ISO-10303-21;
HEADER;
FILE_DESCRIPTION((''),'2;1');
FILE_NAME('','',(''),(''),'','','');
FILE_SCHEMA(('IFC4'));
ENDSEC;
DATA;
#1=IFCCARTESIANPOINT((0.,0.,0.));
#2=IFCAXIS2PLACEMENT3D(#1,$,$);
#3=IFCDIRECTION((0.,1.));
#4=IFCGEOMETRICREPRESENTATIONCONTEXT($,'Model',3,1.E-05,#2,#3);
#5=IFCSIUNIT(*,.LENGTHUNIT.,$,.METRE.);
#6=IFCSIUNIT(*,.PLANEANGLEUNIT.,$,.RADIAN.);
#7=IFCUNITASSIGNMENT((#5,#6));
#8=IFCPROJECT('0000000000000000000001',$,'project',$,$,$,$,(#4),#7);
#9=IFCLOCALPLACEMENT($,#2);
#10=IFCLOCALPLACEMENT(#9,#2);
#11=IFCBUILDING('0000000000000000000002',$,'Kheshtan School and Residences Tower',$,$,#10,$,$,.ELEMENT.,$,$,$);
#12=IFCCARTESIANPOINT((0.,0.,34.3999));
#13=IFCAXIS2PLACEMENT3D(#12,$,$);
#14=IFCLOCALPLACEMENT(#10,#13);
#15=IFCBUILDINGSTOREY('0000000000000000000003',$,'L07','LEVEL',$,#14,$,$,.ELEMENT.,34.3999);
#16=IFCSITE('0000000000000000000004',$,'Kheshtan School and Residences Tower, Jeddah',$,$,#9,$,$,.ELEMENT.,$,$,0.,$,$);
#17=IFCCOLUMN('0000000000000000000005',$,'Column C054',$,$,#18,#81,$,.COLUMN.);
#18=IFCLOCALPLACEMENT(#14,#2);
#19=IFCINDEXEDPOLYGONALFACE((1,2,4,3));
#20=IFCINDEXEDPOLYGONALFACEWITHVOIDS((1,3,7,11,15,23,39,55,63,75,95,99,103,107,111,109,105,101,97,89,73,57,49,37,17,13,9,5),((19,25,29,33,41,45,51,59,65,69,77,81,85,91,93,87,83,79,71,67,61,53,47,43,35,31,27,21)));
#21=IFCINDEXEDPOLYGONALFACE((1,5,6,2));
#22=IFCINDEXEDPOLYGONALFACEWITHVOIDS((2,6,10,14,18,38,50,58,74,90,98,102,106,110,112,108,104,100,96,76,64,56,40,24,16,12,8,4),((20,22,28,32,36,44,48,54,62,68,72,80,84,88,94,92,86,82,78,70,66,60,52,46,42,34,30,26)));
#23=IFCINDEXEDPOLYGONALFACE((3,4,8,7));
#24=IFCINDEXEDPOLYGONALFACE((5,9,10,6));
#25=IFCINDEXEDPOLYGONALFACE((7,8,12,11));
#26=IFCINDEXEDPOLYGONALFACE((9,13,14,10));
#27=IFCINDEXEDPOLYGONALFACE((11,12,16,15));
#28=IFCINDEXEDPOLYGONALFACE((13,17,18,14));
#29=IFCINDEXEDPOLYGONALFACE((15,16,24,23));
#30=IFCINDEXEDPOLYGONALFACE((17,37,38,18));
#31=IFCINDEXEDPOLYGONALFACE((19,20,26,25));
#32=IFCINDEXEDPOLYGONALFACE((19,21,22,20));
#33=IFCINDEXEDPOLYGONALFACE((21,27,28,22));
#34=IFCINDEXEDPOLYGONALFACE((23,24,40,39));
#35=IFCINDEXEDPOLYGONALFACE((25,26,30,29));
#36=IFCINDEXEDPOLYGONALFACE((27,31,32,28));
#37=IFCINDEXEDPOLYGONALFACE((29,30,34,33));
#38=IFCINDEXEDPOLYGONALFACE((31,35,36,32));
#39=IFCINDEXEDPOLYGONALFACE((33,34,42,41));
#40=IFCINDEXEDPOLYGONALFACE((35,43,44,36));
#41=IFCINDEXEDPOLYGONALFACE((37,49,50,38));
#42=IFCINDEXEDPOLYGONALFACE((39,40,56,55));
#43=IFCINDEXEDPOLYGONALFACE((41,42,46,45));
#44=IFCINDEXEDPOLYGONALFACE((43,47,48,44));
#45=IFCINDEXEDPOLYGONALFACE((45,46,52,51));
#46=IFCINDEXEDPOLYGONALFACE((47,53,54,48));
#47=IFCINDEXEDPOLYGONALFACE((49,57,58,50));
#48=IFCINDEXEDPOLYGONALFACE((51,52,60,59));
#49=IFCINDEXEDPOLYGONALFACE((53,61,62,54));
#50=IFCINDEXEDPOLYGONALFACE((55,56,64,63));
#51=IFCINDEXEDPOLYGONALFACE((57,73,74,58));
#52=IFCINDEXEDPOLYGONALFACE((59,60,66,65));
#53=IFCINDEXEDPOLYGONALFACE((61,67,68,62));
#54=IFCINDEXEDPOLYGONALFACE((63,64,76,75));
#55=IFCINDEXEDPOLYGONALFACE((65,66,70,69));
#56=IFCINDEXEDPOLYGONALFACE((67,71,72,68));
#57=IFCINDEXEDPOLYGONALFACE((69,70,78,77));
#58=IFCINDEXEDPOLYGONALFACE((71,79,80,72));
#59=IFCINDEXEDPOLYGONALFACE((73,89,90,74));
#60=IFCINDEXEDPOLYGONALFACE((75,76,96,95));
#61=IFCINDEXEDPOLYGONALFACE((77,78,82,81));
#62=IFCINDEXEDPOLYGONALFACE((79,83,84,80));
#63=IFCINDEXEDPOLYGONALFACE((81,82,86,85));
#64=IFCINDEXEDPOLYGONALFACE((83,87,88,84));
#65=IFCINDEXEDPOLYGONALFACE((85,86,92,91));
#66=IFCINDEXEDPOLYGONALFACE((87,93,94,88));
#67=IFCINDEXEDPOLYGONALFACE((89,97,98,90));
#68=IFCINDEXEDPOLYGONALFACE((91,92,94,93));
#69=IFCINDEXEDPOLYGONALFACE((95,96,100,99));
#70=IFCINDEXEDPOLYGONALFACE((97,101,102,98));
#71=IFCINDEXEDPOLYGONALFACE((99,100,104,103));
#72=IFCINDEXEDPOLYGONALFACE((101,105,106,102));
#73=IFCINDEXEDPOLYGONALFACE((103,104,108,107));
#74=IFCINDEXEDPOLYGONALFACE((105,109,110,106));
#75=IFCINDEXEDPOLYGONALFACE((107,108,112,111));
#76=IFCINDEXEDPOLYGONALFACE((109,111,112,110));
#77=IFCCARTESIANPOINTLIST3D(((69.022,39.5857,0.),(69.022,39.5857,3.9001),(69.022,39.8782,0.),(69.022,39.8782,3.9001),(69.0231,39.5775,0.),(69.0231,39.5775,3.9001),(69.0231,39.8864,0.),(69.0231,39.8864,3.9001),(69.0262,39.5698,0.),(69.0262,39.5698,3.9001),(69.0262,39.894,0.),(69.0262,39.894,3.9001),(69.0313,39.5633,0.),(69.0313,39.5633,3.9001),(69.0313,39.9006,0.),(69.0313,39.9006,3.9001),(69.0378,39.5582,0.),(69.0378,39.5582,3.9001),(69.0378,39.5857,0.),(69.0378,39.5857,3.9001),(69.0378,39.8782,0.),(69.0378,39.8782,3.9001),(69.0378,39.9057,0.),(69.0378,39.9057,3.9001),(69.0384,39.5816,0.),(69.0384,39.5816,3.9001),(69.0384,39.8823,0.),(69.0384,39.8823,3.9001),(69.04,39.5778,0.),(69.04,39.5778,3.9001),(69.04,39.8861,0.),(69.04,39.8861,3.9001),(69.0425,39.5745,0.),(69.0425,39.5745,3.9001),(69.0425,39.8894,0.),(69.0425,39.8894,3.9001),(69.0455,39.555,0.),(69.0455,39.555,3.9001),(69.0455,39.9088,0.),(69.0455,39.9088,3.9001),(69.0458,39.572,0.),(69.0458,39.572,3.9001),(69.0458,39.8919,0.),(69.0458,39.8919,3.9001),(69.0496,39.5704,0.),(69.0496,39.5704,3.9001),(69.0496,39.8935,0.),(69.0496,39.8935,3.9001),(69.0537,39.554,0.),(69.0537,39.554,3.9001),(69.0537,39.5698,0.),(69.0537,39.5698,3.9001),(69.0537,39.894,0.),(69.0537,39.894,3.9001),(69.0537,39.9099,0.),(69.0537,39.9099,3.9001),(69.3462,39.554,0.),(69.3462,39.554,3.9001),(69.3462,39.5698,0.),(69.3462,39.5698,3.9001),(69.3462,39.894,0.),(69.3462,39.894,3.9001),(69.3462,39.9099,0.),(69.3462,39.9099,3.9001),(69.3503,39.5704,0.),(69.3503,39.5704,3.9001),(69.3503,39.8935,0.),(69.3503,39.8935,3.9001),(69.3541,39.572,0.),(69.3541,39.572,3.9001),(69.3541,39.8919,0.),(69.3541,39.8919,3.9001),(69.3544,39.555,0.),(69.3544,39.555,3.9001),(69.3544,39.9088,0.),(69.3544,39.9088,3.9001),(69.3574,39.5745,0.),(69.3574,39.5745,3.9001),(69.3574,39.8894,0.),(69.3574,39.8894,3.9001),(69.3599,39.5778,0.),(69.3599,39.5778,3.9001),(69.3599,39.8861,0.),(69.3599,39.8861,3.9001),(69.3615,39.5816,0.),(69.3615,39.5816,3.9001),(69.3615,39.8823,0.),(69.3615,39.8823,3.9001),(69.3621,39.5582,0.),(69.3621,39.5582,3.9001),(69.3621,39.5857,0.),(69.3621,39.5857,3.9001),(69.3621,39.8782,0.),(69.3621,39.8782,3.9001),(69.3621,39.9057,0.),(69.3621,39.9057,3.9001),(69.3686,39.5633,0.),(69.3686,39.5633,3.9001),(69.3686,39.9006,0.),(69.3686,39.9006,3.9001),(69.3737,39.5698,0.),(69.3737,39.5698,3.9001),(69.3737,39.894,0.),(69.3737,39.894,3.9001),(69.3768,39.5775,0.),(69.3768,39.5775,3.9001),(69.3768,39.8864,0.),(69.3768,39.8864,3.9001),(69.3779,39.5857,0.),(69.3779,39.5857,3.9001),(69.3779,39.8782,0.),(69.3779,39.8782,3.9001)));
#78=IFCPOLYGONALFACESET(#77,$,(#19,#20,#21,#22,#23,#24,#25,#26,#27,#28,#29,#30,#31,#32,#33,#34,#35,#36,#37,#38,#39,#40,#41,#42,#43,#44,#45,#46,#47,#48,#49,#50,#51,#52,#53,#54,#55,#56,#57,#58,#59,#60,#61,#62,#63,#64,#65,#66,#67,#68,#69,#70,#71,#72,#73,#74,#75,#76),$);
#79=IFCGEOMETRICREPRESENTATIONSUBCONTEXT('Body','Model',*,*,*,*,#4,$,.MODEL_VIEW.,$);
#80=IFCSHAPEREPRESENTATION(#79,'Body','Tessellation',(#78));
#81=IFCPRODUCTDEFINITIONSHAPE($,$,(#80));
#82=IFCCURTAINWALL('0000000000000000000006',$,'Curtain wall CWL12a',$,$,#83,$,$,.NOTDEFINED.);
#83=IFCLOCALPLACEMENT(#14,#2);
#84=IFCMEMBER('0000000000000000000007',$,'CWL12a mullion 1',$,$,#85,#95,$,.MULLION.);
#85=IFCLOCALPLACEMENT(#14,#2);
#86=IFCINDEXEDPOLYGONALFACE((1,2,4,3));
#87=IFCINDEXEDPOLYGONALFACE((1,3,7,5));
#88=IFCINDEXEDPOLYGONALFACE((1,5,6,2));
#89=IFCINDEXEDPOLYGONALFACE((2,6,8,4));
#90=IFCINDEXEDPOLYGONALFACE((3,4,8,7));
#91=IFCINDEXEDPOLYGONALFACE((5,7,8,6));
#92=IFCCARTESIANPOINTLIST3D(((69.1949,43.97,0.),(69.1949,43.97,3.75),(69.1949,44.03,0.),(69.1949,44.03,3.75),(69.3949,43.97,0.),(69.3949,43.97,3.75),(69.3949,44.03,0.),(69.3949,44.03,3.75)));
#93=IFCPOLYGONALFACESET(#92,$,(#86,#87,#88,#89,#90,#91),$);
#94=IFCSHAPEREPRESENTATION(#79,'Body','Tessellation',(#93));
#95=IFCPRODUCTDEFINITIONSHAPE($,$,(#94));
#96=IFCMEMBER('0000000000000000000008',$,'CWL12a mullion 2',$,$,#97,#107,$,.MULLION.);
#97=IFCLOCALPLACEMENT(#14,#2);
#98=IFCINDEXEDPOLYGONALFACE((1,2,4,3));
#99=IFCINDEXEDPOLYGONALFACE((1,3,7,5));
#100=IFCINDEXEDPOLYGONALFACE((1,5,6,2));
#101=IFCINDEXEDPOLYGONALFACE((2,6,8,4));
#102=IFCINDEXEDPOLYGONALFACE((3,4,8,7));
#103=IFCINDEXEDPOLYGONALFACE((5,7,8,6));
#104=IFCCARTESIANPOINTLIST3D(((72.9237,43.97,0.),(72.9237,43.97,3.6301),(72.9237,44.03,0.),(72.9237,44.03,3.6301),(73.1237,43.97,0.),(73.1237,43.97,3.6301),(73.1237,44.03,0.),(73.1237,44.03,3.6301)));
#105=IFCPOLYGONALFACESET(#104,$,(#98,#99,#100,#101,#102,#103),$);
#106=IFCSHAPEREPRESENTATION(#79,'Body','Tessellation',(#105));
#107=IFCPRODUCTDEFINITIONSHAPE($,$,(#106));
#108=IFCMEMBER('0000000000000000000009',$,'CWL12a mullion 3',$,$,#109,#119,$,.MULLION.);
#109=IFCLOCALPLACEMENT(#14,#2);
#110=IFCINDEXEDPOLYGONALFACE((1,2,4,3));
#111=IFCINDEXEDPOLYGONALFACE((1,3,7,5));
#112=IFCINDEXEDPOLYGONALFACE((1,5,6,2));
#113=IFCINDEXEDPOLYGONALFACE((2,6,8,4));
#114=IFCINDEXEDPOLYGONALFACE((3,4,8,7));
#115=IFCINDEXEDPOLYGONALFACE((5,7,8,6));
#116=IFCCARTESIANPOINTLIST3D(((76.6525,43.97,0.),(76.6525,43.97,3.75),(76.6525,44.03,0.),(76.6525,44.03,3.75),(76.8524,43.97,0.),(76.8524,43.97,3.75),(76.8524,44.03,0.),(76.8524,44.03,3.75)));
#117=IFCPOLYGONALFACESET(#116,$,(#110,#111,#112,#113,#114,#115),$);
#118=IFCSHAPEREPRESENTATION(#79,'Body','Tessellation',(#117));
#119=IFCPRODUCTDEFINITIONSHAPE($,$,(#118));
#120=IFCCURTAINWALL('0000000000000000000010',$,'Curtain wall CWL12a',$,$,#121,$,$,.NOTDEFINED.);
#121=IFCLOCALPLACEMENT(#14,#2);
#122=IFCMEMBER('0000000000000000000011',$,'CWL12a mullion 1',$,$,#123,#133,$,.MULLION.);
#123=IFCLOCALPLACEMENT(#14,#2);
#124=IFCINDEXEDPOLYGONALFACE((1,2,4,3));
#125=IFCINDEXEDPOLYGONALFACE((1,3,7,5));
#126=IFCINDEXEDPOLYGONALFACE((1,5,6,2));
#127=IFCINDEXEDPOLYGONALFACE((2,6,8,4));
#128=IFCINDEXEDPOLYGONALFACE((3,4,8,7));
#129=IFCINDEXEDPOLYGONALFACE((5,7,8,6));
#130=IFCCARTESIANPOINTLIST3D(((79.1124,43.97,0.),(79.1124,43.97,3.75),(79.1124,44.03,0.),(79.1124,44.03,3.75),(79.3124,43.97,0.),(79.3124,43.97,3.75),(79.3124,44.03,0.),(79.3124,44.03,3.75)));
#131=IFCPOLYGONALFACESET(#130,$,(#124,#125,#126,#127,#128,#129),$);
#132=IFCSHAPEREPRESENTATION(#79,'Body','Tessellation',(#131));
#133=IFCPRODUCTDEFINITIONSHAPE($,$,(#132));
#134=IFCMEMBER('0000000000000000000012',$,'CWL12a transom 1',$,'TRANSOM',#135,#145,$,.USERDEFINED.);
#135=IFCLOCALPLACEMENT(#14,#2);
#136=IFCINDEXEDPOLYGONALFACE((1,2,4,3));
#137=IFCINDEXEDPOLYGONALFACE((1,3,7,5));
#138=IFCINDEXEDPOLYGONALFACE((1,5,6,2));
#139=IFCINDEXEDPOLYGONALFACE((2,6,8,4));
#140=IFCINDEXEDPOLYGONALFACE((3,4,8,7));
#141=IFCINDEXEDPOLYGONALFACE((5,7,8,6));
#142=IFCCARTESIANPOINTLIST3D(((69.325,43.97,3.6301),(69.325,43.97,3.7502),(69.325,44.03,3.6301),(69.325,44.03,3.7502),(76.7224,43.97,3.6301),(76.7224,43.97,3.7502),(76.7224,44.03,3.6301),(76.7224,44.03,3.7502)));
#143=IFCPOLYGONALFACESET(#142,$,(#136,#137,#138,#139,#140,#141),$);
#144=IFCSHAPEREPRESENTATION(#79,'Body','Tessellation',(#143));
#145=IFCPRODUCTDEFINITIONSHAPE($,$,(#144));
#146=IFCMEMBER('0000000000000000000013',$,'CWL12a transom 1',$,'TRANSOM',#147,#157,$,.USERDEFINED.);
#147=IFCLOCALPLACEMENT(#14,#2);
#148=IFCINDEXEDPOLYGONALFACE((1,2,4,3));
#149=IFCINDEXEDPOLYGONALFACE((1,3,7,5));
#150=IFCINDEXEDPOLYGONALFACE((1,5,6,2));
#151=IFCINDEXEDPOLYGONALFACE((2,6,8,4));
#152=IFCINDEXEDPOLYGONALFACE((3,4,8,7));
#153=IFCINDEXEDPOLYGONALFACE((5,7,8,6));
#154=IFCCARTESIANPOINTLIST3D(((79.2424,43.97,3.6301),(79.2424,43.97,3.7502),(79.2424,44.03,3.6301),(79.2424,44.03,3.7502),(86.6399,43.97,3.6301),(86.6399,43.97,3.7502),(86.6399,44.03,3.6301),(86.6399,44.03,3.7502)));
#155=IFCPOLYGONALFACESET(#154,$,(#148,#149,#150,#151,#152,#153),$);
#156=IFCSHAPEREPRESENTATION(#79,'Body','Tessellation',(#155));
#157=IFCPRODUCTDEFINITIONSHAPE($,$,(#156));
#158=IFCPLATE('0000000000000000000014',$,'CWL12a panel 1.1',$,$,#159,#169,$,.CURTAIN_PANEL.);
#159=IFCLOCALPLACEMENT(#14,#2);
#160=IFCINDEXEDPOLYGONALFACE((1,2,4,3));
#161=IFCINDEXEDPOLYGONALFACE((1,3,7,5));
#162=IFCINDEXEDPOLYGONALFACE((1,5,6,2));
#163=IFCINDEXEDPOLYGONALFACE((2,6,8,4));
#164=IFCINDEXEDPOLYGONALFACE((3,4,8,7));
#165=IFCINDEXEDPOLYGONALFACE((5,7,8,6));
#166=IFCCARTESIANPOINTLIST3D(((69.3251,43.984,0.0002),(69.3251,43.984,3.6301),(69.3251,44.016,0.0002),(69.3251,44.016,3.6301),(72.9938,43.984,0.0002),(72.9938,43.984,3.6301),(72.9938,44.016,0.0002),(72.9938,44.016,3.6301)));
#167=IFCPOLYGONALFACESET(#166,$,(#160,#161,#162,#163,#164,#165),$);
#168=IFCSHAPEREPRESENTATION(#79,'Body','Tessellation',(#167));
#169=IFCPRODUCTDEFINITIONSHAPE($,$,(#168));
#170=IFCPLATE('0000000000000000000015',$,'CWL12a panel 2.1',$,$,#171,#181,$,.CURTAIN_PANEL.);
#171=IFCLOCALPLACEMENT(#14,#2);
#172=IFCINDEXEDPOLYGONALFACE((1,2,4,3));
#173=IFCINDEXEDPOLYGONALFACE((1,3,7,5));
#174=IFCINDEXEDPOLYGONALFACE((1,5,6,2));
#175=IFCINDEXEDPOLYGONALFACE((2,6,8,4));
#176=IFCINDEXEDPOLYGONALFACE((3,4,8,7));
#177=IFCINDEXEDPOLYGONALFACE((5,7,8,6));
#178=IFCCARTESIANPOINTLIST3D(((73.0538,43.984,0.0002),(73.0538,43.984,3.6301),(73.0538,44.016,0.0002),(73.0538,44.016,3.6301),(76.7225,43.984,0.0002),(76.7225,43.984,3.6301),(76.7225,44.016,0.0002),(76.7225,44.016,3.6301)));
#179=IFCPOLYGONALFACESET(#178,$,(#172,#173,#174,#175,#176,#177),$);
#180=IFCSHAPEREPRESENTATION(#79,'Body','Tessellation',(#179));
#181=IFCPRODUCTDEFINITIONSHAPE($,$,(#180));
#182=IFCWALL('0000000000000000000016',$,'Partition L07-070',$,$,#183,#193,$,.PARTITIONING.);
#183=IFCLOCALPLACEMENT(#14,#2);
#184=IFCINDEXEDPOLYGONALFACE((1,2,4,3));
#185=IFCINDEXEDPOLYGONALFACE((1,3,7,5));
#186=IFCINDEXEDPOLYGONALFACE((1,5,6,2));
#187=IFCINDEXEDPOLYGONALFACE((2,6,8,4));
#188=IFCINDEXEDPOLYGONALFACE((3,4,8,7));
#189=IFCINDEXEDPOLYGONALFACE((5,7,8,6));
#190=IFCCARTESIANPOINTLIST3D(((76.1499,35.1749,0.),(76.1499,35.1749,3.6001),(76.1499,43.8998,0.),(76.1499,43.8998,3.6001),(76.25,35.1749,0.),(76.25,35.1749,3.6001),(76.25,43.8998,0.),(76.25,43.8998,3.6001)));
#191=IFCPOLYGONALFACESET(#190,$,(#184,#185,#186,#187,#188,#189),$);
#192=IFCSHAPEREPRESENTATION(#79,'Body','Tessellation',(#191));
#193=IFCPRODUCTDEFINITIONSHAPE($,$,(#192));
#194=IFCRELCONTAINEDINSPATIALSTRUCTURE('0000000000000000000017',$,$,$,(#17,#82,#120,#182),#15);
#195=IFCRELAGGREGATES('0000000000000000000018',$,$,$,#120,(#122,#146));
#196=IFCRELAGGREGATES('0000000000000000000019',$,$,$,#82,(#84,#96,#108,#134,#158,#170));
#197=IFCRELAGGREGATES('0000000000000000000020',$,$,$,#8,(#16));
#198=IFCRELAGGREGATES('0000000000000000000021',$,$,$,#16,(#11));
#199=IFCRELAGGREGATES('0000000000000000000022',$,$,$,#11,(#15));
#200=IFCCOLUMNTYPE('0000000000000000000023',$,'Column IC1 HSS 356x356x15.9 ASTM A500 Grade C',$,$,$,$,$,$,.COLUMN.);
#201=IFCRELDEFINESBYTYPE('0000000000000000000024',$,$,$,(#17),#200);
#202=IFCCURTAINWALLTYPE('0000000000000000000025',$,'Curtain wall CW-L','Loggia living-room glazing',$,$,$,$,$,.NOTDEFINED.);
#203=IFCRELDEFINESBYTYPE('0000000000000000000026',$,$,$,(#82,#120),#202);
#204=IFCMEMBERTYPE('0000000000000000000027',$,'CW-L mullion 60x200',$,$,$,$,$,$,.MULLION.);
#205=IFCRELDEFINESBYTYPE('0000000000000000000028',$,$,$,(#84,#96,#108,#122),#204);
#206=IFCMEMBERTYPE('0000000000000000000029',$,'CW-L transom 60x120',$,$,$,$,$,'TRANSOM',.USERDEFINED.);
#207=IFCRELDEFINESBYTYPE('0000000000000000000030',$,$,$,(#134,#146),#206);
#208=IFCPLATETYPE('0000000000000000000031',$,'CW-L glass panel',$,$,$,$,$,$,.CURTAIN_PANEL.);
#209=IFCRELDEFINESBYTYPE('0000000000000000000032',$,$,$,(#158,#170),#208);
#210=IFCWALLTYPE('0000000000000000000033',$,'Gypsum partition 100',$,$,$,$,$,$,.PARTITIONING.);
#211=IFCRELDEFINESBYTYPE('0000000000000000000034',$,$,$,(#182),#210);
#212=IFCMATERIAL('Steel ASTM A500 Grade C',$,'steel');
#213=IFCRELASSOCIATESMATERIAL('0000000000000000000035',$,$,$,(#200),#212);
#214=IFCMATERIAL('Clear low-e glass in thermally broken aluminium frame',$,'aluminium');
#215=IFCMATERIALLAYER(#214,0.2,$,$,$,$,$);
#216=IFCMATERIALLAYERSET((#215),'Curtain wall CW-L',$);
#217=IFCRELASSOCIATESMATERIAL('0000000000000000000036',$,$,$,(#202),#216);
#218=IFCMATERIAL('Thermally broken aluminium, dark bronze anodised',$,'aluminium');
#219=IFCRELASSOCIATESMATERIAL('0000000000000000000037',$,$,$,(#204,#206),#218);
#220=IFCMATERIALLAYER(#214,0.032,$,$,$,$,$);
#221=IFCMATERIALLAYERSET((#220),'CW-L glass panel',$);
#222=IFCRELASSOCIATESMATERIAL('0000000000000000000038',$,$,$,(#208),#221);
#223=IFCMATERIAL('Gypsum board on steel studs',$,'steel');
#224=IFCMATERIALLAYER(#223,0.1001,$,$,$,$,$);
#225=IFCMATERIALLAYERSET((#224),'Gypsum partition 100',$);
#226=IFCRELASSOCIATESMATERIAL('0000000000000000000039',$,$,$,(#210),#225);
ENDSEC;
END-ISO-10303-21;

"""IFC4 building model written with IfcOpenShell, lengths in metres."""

from ifc_helpers import new_model, si_unit, direction, frame, frame_2d, origin, origin_2d, place, context, subcontext, project, spatial, rectangle, hollow_rectangle, extrude, material, layer, layer_set, material_profile, profile_set, type_object, element, aggregate, save


model = new_model("IFC4")

# Units and contexts
model_context = context("Model", 3, precision=1e-05, world=origin(), true_north=direction((0.0, 1.0)))
body_context = subcontext(model_context, "Body", "Model", "MODEL_VIEW")
ifc_project = project(units=[si_unit("LENGTHUNIT", "METRE"), si_unit("PLANEANGLEUNIT", "RADIAN")], contexts=[model_context])

# Site, building, storey
site_placement = place(None, origin())
site = spatial("IfcSite", under=ifc_project, at=site_placement, Name="Kheshtan School and Residences Tower, Jeddah", CompositionType="ELEMENT", RefElevation=0.0)
building_placement = place(site_placement, origin())
building = spatial("IfcBuilding", under=site, at=building_placement, Name="Kheshtan School and Residences Tower", CompositionType="ELEMENT")
storey_placement = place(building_placement, frame((0.0, 0.0, 34.3999)))
storey = spatial("IfcBuildingStorey", under=building, at=storey_placement, Name="L07", Description="LEVEL", CompositionType="ELEMENT", Elevation=34.3999)

# Column
ifc_material_1 = material(Name="Steel ASTM A500 Grade C", Category="steel")
ifc_material_profile_1 = material_profile(ifc_material_1, hollow_rectangle(XDim=0.356, YDim=0.356, WallThickness=0.0159, InnerFilletRadius=0.0159, OuterFilletRadius=0.0317, at=origin_2d()), Name="HSS 356x356x15.9")
ifc_profile_set_1 = profile_set([ifc_material_profile_1], Name="Steel ASTM A500 Grade C")
column_type = type_object("IfcColumnType", Name="Column IC1 HSS 356x356x15.9 ASTM A500 Grade C", PredefinedType="COLUMN", material=ifc_profile_set_1)
column_placement = place(storey_placement, frame((69.2, 39.7319, 0.0), z_axis=(0.0, 0.0, 1.0), x_axis=(1.0, 0.0, 0.0)))
element("IfcColumn", 1, at=column_placement, inside=storey, type_object=column_type, Name="Column C054", PredefinedType="COLUMN", context=body_context, shape_type="SweptSolid", body=[
    extrude(hollow_rectangle(XDim=0.356, YDim=0.356, WallThickness=0.0159, InnerFilletRadius=0.0159, OuterFilletRadius=0.0317, at=origin_2d()), origin(), (0.0, 0.0, 1.0), 3.9001),
])

# Curtain wall, members
ifc_material_2 = material(Name="Clear low-e glass in thermally broken aluminium frame", Category="aluminium")
ifc_layer_1 = layer(ifc_material_2, 0.2)
ifc_layer_set_1 = layer_set([ifc_layer_1], Name="Curtain wall CW-L")
curtain_wall_type = type_object("IfcCurtainWallType", Name="Curtain wall CW-L", Description="Loggia living-room glazing", PredefinedType="NOTDEFINED", material=ifc_layer_set_1)
curtain_wall_1_placement = place(storey_placement, origin())
curtain_wall_1 = element("IfcCurtainWall", 2, at=curtain_wall_1_placement, inside=storey, type_object=curtain_wall_type, Name="Curtain wall CWL12a", PredefinedType="NOTDEFINED")
ifc_material_3 = material(Name="Thermally broken aluminium, dark bronze anodised", Category="aluminium")
ifc_material_profile_2 = material_profile(ifc_material_3, rectangle(XDim=0.0601, YDim=0.2, at=origin_2d()), Name="CW-L mullion 60x200")
ifc_profile_set_2 = profile_set([ifc_material_profile_2], Name="Thermally broken aluminium, dark bronze anodised")
member_type_1 = type_object("IfcMemberType", Name="CW-L mullion 60x200", PredefinedType="MULLION", material=ifc_profile_set_2)
member_1_placement = place(storey_placement, frame((69.2949, 44.0, 0.0), z_axis=(0.0, 0.0, 1.0), x_axis=(0.0, 1.0, 0.0)))
member_1 = element("IfcMember", 3, at=member_1_placement, type_object=member_type_1, Name="CWL12a mullion 1", PredefinedType="MULLION", context=body_context, shape_type="SweptSolid", body=[
    extrude(rectangle(XDim=0.0601, YDim=0.2, at=origin_2d()), origin(), (0.0, 0.0, 1.0), 3.75),
])
member_2_placement = place(storey_placement, frame((73.0237, 44.0, 0.0), z_axis=(0.0, 0.0, 1.0), x_axis=(0.0, 1.0, 0.0)))
member_2 = element("IfcMember", 4, at=member_2_placement, type_object=member_type_1, Name="CWL12a mullion 2", PredefinedType="MULLION", context=body_context, shape_type="SweptSolid", body=[
    extrude(rectangle(XDim=0.0601, YDim=0.2, at=origin_2d()), origin(), (0.0, 0.0, 1.0), 3.6301),
])
member_3_placement = place(storey_placement, frame((76.7524, 44.0, 0.0), z_axis=(0.0, 0.0, 1.0), x_axis=(0.0, 1.0, 0.0)))
member_3 = element("IfcMember", 5, at=member_3_placement, type_object=member_type_1, Name="CWL12a mullion 3", PredefinedType="MULLION", context=body_context, shape_type="SweptSolid", body=[
    extrude(rectangle(XDim=0.0601, YDim=0.2, at=origin_2d()), origin(), (0.0, 0.0, 1.0), 3.75),
])

# Curtain wall, member
curtain_wall_2_placement = place(storey_placement, origin())
curtain_wall_2 = element("IfcCurtainWall", 6, at=curtain_wall_2_placement, inside=storey, type_object=curtain_wall_type, Name="Curtain wall CWL12a", PredefinedType="NOTDEFINED")
member_4_placement = place(storey_placement, frame((79.2124, 44.0, 0.0), z_axis=(0.0, 0.0, 1.0), x_axis=(0.0, 1.0, 0.0)))
member_4 = element("IfcMember", 7, at=member_4_placement, type_object=member_type_1, Name="CWL12a mullion 1", PredefinedType="MULLION", context=body_context, shape_type="SweptSolid", body=[
    extrude(rectangle(XDim=0.0601, YDim=0.2, at=origin_2d()), origin(), (0.0, 0.0, 1.0), 3.75),
])

# Members
ifc_material_profile_3 = material_profile(ifc_material_3, rectangle(XDim=0.0601, YDim=0.1201, at=origin_2d()), Name="CW-L transom 60x120")
ifc_profile_set_3 = profile_set([ifc_material_profile_3], Name="Thermally broken aluminium, dark bronze anodised")
member_type_2 = type_object("IfcMemberType", Name="CW-L transom 60x120", ElementType="TRANSOM", PredefinedType="USERDEFINED", material=ifc_profile_set_3)
member_5_placement = place(storey_placement, frame((69.325, 44.0, 3.6902), z_axis=(1.0, 0.0, 0.0), x_axis=(0.0, 1.0, 0.0)))
member_5 = element("IfcMember", 8, at=member_5_placement, type_object=member_type_2, Name="CWL12a transom 1", ObjectType="TRANSOM", PredefinedType="USERDEFINED", context=body_context, shape_type="SweptSolid", body=[
    extrude(rectangle(XDim=0.0601, YDim=0.1201, at=origin_2d()), origin(), (0.0, 0.0, 1.0), 7.3975),
])
member_6_placement = place(storey_placement, frame((79.2424, 44.0, 3.6902), z_axis=(1.0, 0.0, 0.0), x_axis=(0.0, 1.0, 0.0)))
member_6 = element("IfcMember", 9, at=member_6_placement, type_object=member_type_2, Name="CWL12a transom 1", ObjectType="TRANSOM", PredefinedType="USERDEFINED", context=body_context, shape_type="SweptSolid", body=[
    extrude(rectangle(XDim=0.0601, YDim=0.1201, at=origin_2d()), origin(), (0.0, 0.0, 1.0), 7.3975),
])
aggregate(curtain_wall_2, [member_4, member_6])

# Plates
ifc_layer_2 = layer(ifc_material_2, 0.032)
ifc_layer_set_2 = layer_set([ifc_layer_2], Name="CW-L glass panel")
plate_type = type_object("IfcPlateType", Name="CW-L glass panel", PredefinedType="CURTAIN_PANEL", material=ifc_layer_set_2)
plate_1_placement = place(storey_placement, frame((71.1594, 44.0, 0.0002), z_axis=(0.0, 0.0, 1.0), x_axis=(1.0, 0.0, 0.0)))
plate_1 = element("IfcPlate", 10, at=plate_1_placement, type_object=plate_type, Name="CWL12a panel 1.1", PredefinedType="CURTAIN_PANEL", context=body_context, shape_type="SweptSolid", body=[
    extrude(rectangle(XDim=3.6687, YDim=0.032, at=origin_2d()), origin(), (0.0, 0.0, 1.0), 3.6299),
])
plate_2_placement = place(storey_placement, frame((74.8882, 44.0, 0.0002), z_axis=(0.0, 0.0, 1.0), x_axis=(1.0, 0.0, 0.0)))
plate_2 = element("IfcPlate", 11, at=plate_2_placement, type_object=plate_type, Name="CWL12a panel 2.1", PredefinedType="CURTAIN_PANEL", context=body_context, shape_type="SweptSolid", body=[
    extrude(rectangle(XDim=3.6687, YDim=0.032, at=origin_2d()), origin(), (0.0, 0.0, 1.0), 3.6299),
])
aggregate(curtain_wall_1, [member_1, member_2, member_3, member_5, plate_1, plate_2])

# Wall
ifc_material_4 = material(Name="Gypsum board on steel studs", Category="steel")
ifc_layer_3 = layer(ifc_material_4, 0.1001)
ifc_layer_set_3 = layer_set([ifc_layer_3], Name="Gypsum partition 100")
wall_type_1 = type_object("IfcWallType", Name="Gypsum partition 100", PredefinedType="PARTITIONING", material=ifc_layer_set_3)
wall_1_placement = place(storey_placement, frame((76.2, 35.175, 0.0), z_axis=(0.0, 0.0, 1.0), x_axis=(0.0, 1.0, 0.0)))
element("IfcWall", 12, at=wall_1_placement, inside=storey, type_object=wall_type_1, Name="Partition L07-070", PredefinedType="PARTITIONING", context=body_context, shape_type="SweptSolid", body=[
    extrude(rectangle(XDim=8.7249, YDim=0.1001, at=frame_2d((4.3623, 0.0))), origin(), (0.0, 0.0, 1.0), 3.6001),
])

save(model, "model.ifc")
